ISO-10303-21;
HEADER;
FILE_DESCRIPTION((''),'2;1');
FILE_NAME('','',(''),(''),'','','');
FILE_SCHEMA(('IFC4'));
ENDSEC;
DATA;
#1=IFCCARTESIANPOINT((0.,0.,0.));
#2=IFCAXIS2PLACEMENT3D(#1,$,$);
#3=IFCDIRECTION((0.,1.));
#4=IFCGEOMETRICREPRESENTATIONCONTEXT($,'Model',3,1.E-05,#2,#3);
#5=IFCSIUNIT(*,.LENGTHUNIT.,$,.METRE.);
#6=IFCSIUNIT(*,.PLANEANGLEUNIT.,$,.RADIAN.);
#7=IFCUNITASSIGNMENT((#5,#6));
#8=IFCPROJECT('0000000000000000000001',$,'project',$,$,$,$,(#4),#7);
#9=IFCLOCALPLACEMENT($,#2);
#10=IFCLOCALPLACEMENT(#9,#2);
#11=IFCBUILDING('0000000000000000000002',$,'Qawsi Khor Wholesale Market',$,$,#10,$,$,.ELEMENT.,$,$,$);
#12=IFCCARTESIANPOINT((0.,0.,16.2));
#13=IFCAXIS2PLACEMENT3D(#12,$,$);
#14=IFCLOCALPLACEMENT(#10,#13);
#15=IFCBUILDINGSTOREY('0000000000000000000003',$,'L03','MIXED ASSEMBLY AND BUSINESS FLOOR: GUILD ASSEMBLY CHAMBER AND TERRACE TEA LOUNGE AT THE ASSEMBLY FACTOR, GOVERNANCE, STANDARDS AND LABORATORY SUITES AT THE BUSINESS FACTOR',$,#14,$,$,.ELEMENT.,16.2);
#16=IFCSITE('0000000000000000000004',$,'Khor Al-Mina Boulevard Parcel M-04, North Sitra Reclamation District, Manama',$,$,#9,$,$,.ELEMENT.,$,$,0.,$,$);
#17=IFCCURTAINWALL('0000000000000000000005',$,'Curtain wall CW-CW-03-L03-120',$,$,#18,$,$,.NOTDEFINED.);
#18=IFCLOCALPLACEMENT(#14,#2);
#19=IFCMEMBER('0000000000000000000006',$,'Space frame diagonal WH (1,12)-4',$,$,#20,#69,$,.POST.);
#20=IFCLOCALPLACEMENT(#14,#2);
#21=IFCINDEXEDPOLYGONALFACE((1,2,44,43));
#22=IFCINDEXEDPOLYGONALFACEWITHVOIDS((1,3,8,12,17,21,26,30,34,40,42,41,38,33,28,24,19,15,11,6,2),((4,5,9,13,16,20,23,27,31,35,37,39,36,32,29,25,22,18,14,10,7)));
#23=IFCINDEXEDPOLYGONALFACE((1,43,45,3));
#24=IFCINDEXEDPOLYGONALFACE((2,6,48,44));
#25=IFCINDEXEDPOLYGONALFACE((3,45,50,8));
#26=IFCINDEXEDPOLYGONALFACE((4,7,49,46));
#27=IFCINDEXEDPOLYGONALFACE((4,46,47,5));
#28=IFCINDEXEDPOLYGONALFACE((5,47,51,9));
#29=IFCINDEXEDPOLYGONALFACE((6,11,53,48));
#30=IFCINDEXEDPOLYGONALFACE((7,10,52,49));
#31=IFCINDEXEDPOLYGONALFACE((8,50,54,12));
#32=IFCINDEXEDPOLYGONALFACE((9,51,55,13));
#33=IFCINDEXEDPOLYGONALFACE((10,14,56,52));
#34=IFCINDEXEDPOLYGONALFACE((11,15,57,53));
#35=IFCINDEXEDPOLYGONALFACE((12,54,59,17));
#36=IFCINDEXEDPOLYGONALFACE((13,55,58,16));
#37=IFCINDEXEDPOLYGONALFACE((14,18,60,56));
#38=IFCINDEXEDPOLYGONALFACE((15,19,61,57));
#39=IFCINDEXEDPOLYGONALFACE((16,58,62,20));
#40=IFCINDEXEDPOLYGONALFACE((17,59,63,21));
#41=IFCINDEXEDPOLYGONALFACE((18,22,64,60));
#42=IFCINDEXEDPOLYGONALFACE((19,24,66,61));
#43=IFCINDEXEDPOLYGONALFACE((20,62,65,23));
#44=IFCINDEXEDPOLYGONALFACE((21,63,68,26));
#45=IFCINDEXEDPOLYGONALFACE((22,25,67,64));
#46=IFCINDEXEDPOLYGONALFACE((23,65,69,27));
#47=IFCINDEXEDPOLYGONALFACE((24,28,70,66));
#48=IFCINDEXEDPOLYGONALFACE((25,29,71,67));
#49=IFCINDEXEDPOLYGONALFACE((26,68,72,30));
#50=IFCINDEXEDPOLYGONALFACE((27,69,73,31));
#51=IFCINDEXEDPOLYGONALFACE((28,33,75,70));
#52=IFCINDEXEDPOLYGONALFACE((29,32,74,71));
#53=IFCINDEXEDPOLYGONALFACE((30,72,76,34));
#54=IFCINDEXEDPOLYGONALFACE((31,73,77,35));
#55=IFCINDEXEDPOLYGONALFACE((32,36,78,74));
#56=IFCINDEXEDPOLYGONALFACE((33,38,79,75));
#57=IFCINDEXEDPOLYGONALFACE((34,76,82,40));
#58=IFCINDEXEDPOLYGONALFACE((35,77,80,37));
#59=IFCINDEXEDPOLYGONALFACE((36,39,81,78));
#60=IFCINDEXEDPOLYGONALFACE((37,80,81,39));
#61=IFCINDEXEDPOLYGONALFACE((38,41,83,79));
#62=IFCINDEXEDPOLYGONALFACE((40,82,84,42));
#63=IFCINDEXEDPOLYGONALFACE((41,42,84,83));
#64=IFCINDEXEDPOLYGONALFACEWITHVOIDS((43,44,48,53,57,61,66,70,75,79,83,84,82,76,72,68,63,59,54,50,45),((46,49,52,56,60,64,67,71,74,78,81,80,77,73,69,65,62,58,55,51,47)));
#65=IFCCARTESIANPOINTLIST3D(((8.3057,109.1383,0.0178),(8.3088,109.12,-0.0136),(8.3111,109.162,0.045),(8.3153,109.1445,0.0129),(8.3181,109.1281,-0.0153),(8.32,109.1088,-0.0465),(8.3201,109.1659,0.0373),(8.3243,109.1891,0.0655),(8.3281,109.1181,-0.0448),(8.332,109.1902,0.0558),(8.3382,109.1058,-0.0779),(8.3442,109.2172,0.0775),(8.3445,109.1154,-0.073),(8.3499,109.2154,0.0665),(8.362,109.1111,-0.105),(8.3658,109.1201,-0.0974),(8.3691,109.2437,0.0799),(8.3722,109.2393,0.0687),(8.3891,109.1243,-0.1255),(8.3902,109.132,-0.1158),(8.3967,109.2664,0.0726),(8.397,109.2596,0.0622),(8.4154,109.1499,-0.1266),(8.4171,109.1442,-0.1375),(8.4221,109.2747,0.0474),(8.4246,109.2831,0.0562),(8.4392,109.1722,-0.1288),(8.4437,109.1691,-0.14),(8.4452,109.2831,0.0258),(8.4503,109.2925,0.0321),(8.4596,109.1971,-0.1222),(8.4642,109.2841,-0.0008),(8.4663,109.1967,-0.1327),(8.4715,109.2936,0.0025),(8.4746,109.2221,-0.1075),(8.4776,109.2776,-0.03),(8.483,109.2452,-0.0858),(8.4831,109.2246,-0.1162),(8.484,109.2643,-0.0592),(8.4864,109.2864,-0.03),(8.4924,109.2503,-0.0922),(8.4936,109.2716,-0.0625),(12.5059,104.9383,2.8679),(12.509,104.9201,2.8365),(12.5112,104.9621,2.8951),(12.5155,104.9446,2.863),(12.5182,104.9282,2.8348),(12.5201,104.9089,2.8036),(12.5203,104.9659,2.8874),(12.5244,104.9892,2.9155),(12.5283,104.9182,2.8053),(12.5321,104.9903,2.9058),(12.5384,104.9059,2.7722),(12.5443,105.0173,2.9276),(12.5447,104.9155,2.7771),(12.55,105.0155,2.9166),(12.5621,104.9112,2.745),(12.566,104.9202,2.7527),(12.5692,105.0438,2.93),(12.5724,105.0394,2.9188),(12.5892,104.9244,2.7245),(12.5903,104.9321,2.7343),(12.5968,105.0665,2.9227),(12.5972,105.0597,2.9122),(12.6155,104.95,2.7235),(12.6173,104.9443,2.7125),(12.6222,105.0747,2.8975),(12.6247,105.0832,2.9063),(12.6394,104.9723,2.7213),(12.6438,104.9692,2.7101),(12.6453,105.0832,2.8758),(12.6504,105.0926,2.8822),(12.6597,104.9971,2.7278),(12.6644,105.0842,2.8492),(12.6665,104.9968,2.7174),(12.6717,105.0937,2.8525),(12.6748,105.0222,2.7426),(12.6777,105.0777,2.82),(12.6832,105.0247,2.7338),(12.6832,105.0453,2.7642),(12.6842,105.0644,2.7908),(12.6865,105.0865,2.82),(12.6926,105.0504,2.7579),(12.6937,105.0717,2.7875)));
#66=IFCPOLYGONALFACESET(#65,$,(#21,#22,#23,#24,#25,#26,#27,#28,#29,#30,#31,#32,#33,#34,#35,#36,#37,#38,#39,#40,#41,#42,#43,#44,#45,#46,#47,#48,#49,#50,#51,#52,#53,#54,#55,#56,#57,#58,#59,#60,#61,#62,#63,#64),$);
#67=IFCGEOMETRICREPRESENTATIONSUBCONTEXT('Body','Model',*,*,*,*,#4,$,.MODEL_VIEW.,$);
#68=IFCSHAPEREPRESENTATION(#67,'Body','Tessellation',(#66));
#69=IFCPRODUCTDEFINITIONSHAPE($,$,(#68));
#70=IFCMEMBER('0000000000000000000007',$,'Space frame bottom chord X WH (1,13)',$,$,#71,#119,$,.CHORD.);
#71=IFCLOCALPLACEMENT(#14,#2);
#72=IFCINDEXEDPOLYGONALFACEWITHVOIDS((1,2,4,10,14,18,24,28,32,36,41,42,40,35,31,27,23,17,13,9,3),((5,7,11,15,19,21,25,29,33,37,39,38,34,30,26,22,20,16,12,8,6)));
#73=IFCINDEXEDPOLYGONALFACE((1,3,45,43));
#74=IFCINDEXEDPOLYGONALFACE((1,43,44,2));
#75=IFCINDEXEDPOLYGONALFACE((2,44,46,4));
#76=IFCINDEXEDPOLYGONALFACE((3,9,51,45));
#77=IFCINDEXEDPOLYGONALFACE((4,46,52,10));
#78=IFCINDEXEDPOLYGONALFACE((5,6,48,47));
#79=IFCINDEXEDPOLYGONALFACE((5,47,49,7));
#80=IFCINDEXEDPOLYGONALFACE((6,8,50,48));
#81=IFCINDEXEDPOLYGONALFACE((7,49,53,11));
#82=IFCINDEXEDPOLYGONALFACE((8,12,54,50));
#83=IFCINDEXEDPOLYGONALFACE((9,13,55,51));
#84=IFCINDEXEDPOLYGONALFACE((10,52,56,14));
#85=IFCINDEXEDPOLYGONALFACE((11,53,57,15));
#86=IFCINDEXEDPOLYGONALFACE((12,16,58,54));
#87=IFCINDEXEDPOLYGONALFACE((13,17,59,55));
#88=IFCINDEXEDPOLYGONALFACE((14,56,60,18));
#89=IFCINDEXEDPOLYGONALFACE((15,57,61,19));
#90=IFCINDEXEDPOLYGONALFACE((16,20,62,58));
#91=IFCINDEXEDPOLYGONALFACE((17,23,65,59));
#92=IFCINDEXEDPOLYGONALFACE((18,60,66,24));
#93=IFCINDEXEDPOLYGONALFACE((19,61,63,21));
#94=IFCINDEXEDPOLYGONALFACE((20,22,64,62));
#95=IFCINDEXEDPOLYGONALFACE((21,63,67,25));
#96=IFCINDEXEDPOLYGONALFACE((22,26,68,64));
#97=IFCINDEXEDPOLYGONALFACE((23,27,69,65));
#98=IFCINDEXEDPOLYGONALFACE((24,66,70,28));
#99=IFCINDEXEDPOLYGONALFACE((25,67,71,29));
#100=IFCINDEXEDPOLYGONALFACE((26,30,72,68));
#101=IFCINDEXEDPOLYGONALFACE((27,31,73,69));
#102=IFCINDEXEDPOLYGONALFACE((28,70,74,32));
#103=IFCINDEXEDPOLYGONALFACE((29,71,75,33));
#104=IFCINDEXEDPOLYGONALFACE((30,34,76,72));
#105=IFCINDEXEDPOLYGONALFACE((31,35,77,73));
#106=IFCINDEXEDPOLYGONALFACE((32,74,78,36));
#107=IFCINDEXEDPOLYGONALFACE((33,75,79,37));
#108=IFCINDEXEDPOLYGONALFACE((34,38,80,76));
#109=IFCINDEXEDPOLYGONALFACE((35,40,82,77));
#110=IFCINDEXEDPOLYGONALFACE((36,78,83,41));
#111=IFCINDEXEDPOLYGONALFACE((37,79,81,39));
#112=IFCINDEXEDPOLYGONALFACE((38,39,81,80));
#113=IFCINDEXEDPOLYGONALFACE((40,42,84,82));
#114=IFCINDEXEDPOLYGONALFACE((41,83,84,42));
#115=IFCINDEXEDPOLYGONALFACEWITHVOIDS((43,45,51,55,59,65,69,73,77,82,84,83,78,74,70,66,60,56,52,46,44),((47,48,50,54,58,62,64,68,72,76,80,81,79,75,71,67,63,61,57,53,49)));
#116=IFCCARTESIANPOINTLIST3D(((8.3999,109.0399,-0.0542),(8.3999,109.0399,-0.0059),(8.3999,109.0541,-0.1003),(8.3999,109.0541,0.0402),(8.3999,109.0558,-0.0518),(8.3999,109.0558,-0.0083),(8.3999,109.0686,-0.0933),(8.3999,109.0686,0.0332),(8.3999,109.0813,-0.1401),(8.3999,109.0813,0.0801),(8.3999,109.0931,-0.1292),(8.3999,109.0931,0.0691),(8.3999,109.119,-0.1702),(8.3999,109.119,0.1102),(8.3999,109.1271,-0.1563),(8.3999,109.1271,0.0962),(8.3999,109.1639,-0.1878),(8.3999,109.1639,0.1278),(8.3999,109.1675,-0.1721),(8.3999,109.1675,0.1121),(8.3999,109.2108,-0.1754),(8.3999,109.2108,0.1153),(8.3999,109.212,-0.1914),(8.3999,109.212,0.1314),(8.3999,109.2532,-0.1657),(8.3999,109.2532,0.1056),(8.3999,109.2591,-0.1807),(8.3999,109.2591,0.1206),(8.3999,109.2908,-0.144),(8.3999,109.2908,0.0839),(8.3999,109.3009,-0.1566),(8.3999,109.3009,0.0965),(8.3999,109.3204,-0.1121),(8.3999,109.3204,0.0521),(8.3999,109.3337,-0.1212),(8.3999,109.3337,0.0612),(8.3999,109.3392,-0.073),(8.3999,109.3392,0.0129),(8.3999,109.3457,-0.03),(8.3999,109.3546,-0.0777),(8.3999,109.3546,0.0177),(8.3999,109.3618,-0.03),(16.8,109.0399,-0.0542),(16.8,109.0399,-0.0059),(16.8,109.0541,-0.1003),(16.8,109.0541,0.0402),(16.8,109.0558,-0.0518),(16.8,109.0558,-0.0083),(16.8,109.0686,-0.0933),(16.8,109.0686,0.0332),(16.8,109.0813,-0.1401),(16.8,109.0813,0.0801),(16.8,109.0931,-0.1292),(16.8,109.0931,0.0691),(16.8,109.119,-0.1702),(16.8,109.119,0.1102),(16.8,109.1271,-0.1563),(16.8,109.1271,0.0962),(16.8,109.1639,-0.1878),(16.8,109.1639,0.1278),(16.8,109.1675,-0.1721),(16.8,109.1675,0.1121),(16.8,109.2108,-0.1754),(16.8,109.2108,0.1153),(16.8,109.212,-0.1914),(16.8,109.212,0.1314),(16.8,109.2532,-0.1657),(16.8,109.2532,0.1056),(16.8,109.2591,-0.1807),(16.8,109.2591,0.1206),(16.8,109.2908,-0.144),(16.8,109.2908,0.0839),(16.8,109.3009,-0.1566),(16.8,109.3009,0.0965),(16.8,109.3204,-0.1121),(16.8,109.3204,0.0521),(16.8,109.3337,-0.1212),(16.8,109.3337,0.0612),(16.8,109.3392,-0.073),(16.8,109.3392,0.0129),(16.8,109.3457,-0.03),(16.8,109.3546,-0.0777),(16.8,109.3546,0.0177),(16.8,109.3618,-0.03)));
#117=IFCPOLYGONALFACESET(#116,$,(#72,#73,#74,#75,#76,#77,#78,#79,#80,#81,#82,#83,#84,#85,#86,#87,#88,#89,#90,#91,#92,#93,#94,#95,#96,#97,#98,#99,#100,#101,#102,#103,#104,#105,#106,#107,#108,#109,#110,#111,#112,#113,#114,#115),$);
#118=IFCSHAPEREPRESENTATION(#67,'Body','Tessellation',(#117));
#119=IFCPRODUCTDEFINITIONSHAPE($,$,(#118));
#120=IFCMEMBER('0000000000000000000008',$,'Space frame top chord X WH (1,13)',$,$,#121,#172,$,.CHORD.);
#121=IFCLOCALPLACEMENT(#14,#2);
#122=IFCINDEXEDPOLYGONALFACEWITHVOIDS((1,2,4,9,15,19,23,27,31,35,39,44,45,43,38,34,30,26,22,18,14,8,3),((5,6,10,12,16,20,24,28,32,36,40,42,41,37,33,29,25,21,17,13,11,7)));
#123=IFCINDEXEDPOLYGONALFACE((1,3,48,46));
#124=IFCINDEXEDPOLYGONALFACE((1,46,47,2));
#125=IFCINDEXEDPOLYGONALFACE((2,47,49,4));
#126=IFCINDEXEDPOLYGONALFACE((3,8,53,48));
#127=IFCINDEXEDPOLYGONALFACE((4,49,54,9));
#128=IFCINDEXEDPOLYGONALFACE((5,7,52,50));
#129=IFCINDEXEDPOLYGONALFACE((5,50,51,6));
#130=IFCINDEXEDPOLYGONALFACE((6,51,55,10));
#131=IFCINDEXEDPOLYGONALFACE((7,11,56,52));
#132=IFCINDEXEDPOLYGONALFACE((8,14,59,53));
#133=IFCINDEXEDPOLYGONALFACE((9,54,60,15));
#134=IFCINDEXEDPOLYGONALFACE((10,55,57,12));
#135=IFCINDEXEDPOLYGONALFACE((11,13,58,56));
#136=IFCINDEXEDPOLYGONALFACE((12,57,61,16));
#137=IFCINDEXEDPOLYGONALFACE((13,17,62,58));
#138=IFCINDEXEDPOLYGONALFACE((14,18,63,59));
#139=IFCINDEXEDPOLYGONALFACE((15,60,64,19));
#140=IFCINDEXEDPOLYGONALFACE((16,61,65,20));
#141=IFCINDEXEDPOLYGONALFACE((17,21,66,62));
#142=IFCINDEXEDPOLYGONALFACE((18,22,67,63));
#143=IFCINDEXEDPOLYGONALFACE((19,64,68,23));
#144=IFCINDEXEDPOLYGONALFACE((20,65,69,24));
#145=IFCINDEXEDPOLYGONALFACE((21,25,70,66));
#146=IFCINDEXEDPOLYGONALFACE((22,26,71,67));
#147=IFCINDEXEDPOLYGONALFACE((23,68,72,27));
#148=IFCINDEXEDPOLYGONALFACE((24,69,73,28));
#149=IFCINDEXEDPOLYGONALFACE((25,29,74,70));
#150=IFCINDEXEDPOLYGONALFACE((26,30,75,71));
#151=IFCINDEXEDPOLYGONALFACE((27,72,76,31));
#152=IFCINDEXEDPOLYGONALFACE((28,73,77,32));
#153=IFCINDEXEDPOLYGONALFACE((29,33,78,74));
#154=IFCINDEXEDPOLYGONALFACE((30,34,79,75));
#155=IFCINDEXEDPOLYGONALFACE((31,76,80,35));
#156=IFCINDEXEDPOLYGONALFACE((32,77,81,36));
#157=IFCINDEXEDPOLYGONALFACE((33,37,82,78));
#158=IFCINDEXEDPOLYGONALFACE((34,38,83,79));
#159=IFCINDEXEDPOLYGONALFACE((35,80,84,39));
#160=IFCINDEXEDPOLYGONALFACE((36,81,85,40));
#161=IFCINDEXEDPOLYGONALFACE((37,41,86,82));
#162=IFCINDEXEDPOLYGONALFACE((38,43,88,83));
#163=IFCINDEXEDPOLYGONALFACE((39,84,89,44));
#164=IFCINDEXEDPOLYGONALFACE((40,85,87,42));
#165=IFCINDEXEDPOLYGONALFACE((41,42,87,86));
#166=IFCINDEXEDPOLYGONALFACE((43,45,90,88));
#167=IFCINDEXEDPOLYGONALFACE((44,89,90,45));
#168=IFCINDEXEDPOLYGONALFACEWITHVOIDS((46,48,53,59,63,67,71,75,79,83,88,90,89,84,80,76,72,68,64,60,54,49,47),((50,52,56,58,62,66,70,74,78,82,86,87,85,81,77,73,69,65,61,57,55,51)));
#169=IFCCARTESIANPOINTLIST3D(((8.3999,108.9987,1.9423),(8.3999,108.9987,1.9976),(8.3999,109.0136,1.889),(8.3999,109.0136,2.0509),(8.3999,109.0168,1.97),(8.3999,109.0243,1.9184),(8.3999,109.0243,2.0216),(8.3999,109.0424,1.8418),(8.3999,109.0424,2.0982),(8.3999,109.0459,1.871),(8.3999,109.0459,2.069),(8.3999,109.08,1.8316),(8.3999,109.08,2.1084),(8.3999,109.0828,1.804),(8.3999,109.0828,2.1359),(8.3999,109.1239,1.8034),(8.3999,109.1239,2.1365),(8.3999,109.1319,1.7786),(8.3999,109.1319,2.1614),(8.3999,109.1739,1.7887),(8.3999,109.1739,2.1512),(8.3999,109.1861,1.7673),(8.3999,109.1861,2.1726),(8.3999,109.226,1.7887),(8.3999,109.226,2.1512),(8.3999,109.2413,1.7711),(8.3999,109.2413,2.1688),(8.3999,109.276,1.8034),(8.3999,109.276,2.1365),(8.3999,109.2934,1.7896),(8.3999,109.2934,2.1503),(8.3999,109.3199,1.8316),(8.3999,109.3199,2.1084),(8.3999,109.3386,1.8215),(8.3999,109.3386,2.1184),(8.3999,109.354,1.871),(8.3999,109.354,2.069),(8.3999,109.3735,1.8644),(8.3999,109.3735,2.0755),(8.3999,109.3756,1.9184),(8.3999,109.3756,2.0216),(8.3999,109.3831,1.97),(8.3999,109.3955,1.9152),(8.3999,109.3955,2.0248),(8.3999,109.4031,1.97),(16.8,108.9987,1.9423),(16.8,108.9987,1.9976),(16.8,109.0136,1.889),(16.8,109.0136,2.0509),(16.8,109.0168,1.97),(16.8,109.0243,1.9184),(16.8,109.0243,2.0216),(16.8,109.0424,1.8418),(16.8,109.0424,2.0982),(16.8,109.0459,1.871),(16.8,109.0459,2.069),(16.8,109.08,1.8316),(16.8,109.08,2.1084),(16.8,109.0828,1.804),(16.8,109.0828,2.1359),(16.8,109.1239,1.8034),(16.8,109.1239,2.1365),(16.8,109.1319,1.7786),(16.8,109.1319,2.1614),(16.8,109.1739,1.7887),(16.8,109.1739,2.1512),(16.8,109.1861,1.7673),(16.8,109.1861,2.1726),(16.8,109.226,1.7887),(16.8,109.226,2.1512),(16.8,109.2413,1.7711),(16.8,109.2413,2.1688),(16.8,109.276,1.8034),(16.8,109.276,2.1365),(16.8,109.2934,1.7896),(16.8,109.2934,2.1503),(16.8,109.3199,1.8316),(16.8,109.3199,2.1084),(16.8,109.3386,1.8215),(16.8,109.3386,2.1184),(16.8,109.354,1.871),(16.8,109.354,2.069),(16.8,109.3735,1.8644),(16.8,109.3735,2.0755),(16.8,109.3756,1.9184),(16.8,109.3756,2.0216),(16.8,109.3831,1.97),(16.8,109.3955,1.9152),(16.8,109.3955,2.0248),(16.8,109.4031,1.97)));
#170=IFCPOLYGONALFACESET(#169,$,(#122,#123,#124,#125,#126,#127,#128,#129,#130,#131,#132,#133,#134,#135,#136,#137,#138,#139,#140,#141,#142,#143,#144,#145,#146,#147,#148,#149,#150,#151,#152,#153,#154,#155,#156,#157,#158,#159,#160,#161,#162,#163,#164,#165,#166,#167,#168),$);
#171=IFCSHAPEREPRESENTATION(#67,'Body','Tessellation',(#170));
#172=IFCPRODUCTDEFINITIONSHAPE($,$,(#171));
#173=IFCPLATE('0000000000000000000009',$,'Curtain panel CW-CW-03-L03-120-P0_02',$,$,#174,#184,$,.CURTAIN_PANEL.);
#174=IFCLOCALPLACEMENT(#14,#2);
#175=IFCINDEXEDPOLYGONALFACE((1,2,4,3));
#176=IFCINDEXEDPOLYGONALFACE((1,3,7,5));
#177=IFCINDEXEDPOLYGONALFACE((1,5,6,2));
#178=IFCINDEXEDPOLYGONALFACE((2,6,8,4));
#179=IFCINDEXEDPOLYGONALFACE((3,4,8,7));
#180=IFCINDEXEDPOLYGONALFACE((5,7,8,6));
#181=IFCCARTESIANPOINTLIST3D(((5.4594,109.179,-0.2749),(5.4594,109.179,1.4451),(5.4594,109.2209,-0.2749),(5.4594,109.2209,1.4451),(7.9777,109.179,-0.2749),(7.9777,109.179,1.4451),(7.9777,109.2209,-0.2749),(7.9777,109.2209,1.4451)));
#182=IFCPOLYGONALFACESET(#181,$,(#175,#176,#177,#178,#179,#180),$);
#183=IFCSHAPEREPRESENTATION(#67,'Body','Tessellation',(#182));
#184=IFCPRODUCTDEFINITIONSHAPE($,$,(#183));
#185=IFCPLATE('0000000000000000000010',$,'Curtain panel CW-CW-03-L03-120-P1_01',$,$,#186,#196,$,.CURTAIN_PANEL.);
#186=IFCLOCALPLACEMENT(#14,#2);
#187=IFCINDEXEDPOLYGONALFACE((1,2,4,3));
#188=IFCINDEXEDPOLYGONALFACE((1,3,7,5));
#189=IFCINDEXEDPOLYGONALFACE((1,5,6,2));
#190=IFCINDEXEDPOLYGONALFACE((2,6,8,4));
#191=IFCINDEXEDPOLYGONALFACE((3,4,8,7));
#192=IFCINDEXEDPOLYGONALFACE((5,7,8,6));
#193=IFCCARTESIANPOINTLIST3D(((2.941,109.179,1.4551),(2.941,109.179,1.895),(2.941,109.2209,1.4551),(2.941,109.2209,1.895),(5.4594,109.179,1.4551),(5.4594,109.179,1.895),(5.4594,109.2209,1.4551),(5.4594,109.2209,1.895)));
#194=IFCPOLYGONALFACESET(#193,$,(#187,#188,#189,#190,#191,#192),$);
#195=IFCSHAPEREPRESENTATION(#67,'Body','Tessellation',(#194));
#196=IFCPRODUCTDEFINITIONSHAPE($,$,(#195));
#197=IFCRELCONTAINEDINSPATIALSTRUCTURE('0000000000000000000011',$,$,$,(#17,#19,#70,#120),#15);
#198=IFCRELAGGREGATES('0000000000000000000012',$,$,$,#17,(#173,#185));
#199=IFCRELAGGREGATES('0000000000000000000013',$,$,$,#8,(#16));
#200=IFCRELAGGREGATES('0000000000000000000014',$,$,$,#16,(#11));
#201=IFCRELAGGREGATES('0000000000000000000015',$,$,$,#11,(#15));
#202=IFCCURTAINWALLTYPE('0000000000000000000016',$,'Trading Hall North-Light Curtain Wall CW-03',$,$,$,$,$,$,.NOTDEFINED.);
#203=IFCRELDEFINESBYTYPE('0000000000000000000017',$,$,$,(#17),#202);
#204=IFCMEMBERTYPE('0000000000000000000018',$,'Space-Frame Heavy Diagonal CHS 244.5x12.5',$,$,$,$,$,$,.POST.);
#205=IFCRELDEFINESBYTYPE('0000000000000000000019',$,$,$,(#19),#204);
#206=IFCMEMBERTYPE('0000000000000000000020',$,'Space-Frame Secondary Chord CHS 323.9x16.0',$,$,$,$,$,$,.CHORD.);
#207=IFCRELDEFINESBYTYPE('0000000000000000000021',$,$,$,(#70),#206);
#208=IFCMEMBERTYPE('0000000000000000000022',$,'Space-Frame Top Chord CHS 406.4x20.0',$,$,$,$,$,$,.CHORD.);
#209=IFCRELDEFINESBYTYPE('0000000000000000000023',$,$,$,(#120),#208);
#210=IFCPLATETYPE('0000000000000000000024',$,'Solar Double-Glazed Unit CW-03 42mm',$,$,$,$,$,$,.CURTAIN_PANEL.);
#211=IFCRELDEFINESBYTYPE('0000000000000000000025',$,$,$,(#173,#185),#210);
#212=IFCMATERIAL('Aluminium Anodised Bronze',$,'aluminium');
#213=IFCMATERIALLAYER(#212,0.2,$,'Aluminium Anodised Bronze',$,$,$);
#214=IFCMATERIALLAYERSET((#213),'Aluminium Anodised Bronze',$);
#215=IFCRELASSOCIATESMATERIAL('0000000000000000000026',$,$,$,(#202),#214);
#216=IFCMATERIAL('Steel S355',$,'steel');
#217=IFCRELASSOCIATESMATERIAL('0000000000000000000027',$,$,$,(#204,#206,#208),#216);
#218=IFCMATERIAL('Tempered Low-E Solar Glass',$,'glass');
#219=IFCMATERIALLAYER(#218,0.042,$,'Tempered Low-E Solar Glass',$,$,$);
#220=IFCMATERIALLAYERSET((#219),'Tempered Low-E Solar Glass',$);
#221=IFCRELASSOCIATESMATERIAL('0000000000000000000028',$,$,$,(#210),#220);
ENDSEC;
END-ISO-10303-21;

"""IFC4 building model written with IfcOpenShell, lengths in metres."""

from ifc_helpers import new_model, si_unit, direction, frame, frame_2d, origin, origin_2d, place, context, subcontext, project, spatial, rectangle, hollow_circle, extrude, material, layer, layer_set, material_profile, profile_set, type_object, element, aggregate, save


model = new_model("IFC4")

# Units and contexts
model_context = context("Model", 3, precision=1e-05, world=origin(), true_north=direction((0.0, 1.0)))
body_context = subcontext(model_context, "Body", "Model", "MODEL_VIEW")
ifc_project = project(units=[si_unit("LENGTHUNIT", "METRE"), si_unit("PLANEANGLEUNIT", "RADIAN")], contexts=[model_context])

# Site, building, storey
site_placement = place(None, origin())
site = spatial("IfcSite", under=ifc_project, at=site_placement, Name="Khor Al-Mina Boulevard Parcel M-04, North Sitra Reclamation District, Manama", CompositionType="ELEMENT", RefElevation=0.0)
building_placement = place(site_placement, origin())
building = spatial("IfcBuilding", under=site, at=building_placement, Name="Qawsi Khor Wholesale Market", CompositionType="ELEMENT")
storey_placement = place(building_placement, frame((0.0, 0.0, 16.2)))
storey = spatial("IfcBuildingStorey", under=building, at=storey_placement, Name="L03", Description="MIXED ASSEMBLY AND BUSINESS FLOOR: GUILD ASSEMBLY CHAMBER AND TERRACE TEA LOUNGE AT THE ASSEMBLY FACTOR, GOVERNANCE, STANDARDS AND LABORATORY SUITES AT THE BUSINESS FACTOR", CompositionType="ELEMENT", Elevation=16.2)

# Curtain wall
ifc_material_1 = material(Name="Aluminium Anodised Bronze", Category="aluminium")
ifc_layer_1 = layer(ifc_material_1, 0.2, Name="Aluminium Anodised Bronze")
ifc_layer_set_1 = layer_set([ifc_layer_1], Name="Aluminium Anodised Bronze")
curtain_wall_type = type_object("IfcCurtainWallType", Name="Trading Hall North-Light Curtain Wall CW-03", PredefinedType="NOTDEFINED", material=ifc_layer_set_1)
curtain_wall_1_placement = place(storey_placement, origin())
curtain_wall_1 = element("IfcCurtainWall", 1, at=curtain_wall_1_placement, inside=storey, type_object=curtain_wall_type, Name="Curtain wall CW-CW-03-L03-120", PredefinedType="NOTDEFINED")

# Members
ifc_material_2 = material(Name="Steel S355", Category="steel")
ifc_material_profile_1 = material_profile(ifc_material_2, hollow_circle(Radius=0.1223, WallThickness=0.0125, at=origin_2d()), Name="CHS 244.5x12.5")
ifc_profile_set_1 = profile_set([ifc_material_profile_1], Name="Steel S355")
member_type_1 = type_object("IfcMemberType", Name="Space-Frame Heavy Diagonal CHS 244.5x12.5", PredefinedType="POST", material=ifc_profile_set_1)
for number, where, z_axis, x_axis, name in (
    (2, (8.3999, 109.2, -0.03), (0.637534, -0.637497, 0.432607), (0.707086, 0.707127, 0.0), "Space frame diagonal WH (1,12)-4"),
):
    element("IfcMember", number, at=place(storey_placement, frame(where, z_axis=z_axis, x_axis=x_axis)), inside=storey, type_object=member_type_1, Name=name, PredefinedType="POST", context=body_context, shape_type="SweptSolid", body=[
        extrude(hollow_circle(Radius=0.1223, WallThickness=0.0125, at=origin_2d()), origin(), (0.0, 0.0, 1.0), 6.5881),
    ])
ifc_material_profile_2 = material_profile(ifc_material_2, hollow_circle(Radius=0.1619, WallThickness=0.0161, at=origin_2d()), Name="CHS 323.9x16.0")
ifc_profile_set_2 = profile_set([ifc_material_profile_2], Name="Steel S355")
member_type_2 = type_object("IfcMemberType", Name="Space-Frame Secondary Chord CHS 323.9x16.0", PredefinedType="CHORD", material=ifc_profile_set_2)
member_1_placement = place(storey_placement, frame((8.3999, 109.2, -0.03), z_axis=(1.0, 0.0, 0.0), x_axis=(0.0, 1.0, 0.0)))
element("IfcMember", 3, at=member_1_placement, inside=storey, type_object=member_type_2, Name="Space frame bottom chord X WH (1,13)", PredefinedType="CHORD", context=body_context, shape_type="SweptSolid", body=[
    extrude(hollow_circle(Radius=0.1619, WallThickness=0.0161, at=origin_2d()), origin(), (0.0, 0.0, 1.0), 8.4001),
])
ifc_material_profile_3 = material_profile(ifc_material_2, hollow_circle(Radius=0.2031, WallThickness=0.02, at=origin_2d()), Name="CHS 406.4x20.0")
ifc_profile_set_3 = profile_set([ifc_material_profile_3], Name="Steel S355")
member_type_3 = type_object("IfcMemberType", Name="Space-Frame Top Chord CHS 406.4x20.0", PredefinedType="CHORD", material=ifc_profile_set_3)
member_2_placement = place(storey_placement, frame((8.3999, 109.2, 1.97), z_axis=(1.0, 0.0, 0.0), x_axis=(0.0, 1.0, 0.0)))
element("IfcMember", 4, at=member_2_placement, inside=storey, type_object=member_type_3, Name="Space frame top chord X WH (1,13)", PredefinedType="CHORD", context=body_context, shape_type="SweptSolid", body=[
    extrude(hollow_circle(Radius=0.2031, WallThickness=0.02, at=origin_2d()), origin(), (0.0, 0.0, 1.0), 8.4001),
])

# Plates
ifc_material_3 = material(Name="Tempered Low-E Solar Glass", Category="glass")
ifc_layer_2 = layer(ifc_material_3, 0.042, Name="Tempered Low-E Solar Glass")
ifc_layer_set_2 = layer_set([ifc_layer_2], Name="Tempered Low-E Solar Glass")
plate_type = type_object("IfcPlateType", Name="Solar Double-Glazed Unit CW-03 42mm", PredefinedType="CURTAIN_PANEL", material=ifc_layer_set_2)
plate_1_placement = place(storey_placement, frame((5.4592, 109.2, -0.2749), z_axis=(0.0, 0.0, 1.0), x_axis=(1.0, 0.0, 0.0)))
plate_1 = element("IfcPlate", 5, at=plate_1_placement, type_object=plate_type, Name="Curtain panel CW-CW-03-L03-120-P0_02", PredefinedType="CURTAIN_PANEL", context=body_context, shape_type="SweptSolid", body=[
    extrude(rectangle(XDim=2.5183, YDim=0.042, at=frame_2d((1.2593, 0.0))), origin(), (0.0, 0.0, 1.0), 1.72),
])
plate_2_placement = place(storey_placement, frame((2.9409, 109.2, 1.4551), z_axis=(0.0, 0.0, 1.0), x_axis=(1.0, 0.0, 0.0)))
plate_2 = element("IfcPlate", 6, at=plate_2_placement, type_object=plate_type, Name="Curtain panel CW-CW-03-L03-120-P1_01", PredefinedType="CURTAIN_PANEL", context=body_context, shape_type="SweptSolid", body=[
    extrude(rectangle(XDim=2.5183, YDim=0.042, at=frame_2d((1.2593, 0.0))), origin(), (0.0, 0.0, 1.0), 0.4399),
])
aggregate(curtain_wall_1, [plate_1, plate_2])

save(model, "model.ifc")
